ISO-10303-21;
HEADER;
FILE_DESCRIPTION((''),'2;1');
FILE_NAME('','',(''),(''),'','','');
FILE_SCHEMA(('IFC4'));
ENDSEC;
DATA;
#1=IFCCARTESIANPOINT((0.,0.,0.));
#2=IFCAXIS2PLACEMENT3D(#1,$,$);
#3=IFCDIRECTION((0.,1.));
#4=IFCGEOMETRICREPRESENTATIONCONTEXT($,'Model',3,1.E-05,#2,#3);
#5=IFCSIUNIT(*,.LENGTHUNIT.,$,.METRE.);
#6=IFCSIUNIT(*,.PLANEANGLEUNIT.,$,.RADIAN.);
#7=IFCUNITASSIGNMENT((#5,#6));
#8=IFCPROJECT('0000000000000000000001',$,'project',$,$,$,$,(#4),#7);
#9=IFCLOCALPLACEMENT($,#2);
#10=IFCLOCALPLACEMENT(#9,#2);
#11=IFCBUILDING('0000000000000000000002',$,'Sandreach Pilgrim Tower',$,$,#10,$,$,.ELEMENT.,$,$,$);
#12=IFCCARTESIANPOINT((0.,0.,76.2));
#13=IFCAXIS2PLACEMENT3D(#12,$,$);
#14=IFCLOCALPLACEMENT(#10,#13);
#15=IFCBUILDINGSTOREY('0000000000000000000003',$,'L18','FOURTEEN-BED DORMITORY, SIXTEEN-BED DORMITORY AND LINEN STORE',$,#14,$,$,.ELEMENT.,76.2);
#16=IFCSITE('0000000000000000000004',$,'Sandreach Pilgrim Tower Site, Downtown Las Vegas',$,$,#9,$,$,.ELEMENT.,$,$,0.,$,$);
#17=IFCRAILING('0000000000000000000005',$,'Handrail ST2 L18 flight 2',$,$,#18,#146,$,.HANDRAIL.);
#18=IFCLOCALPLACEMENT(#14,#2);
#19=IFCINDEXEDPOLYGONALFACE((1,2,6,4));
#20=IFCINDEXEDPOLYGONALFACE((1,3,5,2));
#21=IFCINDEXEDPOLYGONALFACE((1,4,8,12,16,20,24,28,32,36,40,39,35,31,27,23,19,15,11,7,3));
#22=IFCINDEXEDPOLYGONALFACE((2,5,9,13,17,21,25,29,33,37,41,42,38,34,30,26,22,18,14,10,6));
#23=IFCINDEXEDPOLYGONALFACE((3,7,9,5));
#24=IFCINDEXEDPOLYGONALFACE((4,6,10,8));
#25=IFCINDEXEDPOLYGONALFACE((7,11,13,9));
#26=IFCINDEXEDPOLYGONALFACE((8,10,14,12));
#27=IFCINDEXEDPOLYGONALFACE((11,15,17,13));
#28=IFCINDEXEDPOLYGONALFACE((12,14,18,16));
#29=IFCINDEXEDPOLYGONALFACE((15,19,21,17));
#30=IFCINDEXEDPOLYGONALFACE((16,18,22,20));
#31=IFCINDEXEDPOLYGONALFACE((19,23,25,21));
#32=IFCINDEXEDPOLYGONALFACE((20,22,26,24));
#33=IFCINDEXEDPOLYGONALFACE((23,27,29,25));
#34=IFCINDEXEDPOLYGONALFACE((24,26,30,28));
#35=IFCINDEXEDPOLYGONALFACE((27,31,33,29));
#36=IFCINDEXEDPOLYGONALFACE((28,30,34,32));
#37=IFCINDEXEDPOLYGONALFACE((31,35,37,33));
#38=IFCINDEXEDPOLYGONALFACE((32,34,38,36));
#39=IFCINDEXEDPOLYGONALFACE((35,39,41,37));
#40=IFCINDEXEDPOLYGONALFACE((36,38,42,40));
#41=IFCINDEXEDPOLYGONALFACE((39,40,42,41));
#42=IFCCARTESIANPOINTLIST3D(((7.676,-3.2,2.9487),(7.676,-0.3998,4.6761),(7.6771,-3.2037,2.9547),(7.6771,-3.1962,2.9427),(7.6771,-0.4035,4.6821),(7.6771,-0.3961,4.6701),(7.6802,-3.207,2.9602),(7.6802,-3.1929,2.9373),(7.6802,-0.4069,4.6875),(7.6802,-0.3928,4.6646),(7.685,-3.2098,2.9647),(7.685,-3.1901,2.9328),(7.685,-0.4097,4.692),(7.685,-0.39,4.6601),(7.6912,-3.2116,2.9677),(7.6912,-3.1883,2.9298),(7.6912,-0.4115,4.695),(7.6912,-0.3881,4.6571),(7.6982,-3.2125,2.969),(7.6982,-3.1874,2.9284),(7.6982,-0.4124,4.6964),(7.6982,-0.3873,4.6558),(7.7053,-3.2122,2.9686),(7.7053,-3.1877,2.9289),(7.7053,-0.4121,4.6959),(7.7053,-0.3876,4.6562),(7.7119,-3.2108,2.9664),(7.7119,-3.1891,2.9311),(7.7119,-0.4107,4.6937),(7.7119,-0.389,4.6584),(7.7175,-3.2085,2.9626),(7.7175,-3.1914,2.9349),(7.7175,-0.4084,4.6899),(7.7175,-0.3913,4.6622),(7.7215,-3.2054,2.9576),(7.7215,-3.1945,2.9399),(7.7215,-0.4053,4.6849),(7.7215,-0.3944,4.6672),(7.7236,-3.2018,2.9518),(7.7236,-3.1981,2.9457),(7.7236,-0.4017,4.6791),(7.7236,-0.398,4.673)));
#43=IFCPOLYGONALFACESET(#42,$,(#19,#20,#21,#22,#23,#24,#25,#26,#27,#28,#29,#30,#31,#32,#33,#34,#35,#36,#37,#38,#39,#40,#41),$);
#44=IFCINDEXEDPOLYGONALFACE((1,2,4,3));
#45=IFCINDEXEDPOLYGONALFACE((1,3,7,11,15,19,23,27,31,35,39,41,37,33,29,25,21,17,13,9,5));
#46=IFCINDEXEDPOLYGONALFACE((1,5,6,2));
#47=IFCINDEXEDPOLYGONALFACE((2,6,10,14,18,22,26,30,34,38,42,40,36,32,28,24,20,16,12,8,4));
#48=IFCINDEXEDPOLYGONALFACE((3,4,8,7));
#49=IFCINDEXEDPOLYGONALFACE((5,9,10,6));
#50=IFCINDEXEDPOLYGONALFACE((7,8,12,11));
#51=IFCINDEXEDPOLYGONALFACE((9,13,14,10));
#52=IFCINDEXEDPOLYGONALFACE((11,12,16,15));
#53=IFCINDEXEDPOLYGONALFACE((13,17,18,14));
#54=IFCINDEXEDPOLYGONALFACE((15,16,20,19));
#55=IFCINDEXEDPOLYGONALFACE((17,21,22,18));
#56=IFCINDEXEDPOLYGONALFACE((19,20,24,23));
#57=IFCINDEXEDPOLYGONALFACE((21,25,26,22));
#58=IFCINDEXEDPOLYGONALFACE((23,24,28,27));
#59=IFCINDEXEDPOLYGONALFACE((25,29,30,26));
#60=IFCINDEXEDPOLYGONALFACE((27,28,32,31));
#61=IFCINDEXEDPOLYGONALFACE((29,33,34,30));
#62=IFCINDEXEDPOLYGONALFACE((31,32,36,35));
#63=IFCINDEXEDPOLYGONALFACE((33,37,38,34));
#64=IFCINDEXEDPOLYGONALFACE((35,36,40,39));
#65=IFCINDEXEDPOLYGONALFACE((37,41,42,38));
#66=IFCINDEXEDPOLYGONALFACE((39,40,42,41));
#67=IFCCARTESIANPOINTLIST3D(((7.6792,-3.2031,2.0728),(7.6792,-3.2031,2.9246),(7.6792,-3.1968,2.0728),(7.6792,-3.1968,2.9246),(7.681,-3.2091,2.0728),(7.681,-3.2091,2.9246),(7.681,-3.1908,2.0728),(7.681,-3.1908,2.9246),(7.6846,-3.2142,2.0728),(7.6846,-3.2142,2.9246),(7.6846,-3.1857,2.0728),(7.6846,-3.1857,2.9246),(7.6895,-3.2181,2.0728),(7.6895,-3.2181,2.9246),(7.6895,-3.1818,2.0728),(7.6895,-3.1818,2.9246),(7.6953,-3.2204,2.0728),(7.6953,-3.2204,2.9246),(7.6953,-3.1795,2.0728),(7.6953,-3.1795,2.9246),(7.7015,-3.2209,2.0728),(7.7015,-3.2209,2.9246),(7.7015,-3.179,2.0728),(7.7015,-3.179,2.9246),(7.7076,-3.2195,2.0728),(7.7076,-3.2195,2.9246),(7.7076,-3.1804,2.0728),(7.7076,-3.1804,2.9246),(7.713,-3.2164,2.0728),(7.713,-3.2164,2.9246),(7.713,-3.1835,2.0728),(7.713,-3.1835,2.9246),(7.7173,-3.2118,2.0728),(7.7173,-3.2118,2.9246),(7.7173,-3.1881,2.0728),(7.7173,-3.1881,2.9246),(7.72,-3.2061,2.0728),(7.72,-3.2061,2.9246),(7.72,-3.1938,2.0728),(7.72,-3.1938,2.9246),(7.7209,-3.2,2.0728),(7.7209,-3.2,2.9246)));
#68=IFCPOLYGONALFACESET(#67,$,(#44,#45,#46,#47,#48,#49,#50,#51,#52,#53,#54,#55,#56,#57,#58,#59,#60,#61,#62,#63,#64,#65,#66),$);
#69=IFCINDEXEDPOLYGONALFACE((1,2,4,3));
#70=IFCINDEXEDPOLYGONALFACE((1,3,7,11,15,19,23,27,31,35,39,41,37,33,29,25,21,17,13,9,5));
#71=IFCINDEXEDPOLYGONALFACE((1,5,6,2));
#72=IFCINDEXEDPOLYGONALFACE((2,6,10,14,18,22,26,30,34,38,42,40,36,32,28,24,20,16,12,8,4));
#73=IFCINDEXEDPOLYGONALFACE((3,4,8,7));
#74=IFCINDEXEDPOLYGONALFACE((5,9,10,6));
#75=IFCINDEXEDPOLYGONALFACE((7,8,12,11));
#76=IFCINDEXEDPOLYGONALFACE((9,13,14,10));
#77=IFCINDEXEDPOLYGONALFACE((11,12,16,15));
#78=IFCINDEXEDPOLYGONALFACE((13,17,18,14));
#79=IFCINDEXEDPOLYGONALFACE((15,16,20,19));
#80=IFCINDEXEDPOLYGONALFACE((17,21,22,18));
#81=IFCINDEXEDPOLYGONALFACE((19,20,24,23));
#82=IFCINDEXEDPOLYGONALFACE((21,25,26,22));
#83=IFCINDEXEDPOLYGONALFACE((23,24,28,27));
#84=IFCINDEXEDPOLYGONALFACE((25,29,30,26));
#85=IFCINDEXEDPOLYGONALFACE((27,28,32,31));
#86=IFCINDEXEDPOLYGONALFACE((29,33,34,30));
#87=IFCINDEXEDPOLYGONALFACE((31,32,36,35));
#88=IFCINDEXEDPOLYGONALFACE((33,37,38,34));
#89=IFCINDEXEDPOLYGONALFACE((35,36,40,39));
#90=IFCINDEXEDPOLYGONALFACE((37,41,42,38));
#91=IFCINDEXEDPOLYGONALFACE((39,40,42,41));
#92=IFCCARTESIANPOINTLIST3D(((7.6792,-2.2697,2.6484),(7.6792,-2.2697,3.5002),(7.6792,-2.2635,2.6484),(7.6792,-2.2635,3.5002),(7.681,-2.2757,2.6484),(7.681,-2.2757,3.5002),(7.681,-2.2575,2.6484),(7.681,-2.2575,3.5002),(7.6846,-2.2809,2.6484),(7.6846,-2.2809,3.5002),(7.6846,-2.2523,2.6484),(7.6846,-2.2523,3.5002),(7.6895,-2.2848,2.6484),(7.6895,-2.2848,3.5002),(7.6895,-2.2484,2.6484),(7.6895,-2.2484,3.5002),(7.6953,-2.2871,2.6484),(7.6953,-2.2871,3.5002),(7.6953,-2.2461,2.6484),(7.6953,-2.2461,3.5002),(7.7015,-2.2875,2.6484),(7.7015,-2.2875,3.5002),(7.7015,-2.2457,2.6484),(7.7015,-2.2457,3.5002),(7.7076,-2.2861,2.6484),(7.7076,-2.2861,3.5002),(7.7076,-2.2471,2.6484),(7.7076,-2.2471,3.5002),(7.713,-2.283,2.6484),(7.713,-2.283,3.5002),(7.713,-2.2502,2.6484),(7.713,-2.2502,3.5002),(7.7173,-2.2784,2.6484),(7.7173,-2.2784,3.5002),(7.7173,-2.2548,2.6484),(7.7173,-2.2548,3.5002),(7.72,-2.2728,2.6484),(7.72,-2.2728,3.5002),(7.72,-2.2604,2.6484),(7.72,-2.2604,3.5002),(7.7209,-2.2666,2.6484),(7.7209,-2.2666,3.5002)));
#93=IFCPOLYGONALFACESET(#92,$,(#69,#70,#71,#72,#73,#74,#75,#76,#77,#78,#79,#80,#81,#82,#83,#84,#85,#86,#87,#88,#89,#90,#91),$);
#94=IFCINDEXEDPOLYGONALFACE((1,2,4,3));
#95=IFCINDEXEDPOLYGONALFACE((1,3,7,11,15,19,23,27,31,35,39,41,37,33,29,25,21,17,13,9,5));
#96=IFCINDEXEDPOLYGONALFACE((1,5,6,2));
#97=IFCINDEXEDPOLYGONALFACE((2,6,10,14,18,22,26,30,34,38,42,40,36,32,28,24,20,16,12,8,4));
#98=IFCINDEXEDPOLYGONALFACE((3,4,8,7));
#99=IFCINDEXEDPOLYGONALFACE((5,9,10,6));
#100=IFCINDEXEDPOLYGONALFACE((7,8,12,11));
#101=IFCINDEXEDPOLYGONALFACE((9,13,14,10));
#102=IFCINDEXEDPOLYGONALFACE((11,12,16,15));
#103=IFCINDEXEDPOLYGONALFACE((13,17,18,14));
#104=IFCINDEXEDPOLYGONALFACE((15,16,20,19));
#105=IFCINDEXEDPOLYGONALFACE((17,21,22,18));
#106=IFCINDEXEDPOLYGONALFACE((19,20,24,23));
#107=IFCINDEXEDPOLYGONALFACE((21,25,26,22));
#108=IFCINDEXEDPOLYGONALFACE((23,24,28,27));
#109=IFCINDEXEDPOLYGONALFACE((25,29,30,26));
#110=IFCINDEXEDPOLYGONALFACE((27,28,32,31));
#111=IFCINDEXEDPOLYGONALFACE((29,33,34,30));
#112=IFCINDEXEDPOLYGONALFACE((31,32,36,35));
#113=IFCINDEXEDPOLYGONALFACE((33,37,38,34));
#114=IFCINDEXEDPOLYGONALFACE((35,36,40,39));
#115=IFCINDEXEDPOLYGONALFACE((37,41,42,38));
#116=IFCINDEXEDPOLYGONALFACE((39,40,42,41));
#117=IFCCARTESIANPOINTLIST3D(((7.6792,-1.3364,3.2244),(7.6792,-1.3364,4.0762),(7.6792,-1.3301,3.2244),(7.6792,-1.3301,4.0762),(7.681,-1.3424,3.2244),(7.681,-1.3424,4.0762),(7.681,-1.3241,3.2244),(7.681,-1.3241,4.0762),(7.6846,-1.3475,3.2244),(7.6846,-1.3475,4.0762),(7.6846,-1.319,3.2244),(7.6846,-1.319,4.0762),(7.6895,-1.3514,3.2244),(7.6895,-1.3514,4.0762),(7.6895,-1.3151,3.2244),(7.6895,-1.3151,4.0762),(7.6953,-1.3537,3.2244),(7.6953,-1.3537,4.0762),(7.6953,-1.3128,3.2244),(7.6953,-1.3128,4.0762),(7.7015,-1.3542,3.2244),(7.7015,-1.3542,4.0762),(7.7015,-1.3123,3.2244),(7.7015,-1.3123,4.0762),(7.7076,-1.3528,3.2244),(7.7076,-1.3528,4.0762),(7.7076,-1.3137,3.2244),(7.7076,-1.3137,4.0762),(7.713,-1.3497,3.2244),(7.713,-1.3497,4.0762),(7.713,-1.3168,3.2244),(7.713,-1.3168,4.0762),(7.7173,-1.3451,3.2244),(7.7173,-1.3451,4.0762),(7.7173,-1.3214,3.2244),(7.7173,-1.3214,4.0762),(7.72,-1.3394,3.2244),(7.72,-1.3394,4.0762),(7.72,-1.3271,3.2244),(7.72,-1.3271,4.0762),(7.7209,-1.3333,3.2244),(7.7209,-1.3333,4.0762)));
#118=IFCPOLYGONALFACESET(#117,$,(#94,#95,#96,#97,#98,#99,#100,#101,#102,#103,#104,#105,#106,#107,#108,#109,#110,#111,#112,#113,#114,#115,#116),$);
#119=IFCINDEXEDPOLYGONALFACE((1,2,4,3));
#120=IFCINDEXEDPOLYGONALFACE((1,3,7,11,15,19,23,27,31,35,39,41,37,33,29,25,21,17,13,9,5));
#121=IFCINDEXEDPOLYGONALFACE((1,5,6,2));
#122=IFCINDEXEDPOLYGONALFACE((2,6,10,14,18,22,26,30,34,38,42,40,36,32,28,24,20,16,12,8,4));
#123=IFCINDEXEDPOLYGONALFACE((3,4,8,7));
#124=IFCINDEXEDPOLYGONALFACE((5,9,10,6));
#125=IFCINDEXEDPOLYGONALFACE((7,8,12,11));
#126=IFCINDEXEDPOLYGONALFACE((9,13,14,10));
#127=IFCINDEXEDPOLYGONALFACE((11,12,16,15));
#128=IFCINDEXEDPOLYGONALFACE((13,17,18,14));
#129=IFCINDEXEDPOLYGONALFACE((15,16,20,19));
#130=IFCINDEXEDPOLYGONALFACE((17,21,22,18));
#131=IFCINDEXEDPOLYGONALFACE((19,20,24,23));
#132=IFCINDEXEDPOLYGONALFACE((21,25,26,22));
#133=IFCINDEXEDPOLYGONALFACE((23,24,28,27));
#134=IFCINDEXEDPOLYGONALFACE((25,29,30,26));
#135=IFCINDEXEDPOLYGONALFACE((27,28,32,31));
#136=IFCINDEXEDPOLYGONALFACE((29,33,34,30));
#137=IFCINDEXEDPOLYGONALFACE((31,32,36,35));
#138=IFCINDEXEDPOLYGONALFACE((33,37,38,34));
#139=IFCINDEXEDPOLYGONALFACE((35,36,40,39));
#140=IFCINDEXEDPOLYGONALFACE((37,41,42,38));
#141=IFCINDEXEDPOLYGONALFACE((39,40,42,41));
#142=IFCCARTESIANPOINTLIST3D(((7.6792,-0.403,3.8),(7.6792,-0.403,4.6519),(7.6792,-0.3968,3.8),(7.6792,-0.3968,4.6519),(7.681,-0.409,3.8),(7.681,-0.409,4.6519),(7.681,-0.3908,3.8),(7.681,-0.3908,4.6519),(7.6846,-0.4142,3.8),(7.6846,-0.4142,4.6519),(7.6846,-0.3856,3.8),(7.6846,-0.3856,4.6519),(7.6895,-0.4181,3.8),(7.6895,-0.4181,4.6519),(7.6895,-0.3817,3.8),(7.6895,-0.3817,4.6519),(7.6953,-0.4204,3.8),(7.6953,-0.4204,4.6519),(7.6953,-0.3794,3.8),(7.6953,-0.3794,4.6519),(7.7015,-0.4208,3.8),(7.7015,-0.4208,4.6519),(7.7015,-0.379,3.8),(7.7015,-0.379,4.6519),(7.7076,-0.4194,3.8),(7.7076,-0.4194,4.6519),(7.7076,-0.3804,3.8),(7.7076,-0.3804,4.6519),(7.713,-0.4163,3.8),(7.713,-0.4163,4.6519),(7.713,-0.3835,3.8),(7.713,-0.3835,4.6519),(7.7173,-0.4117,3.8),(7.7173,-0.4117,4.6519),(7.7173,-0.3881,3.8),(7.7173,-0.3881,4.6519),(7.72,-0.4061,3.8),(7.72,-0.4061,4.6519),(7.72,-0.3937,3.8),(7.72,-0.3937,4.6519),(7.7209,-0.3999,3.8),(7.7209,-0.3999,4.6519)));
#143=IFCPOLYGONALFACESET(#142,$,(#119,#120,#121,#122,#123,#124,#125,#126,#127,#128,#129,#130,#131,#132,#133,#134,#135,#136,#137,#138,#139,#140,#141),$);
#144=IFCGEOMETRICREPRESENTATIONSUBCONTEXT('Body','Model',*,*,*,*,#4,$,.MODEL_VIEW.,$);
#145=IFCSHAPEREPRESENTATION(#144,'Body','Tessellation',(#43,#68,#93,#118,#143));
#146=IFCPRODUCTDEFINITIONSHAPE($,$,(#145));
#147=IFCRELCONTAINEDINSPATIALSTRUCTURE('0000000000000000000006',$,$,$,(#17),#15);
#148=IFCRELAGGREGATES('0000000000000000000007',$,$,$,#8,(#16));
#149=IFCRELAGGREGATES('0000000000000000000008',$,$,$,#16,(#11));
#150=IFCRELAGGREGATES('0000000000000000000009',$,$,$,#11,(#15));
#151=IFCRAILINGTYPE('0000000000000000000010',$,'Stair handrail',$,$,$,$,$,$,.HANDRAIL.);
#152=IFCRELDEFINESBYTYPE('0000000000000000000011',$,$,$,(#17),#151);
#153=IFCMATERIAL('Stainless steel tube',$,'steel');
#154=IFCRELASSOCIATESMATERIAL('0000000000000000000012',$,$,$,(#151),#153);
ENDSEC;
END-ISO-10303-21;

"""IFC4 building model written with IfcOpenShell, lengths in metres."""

from ifc_helpers import new_model, si_unit, direction, frame, origin, origin_2d, place, context, subcontext, project, spatial, circle, extrude, material, type_object, element, save


model = new_model("IFC4")

# Units and contexts
model_context = context("Model", 3, precision=1e-05, world=origin(), true_north=direction((0.0, 1.0)))
body_context = subcontext(model_context, "Body", "Model", "MODEL_VIEW")
ifc_project = project(units=[si_unit("LENGTHUNIT", "METRE"), si_unit("PLANEANGLEUNIT", "RADIAN")], contexts=[model_context])

# Site, building, storey
site_placement = place(None, origin())
site = spatial("IfcSite", under=ifc_project, at=site_placement, Name="Sandreach Pilgrim Tower Site, Downtown Las Vegas", CompositionType="ELEMENT", RefElevation=0.0)
building_placement = place(site_placement, origin())
building = spatial("IfcBuilding", under=site, at=building_placement, Name="Sandreach Pilgrim Tower", CompositionType="ELEMENT")
storey_placement = place(building_placement, frame((0.0, 0.0, 76.2)))
storey = spatial("IfcBuildingStorey", under=building, at=storey_placement, Name="L18", Description="FOURTEEN-BED DORMITORY, SIXTEEN-BED DORMITORY AND LINEN STORE", CompositionType="ELEMENT", Elevation=76.2)

# Railing
ifc_material_1 = material(Name="Stainless steel tube", Category="steel")
railing_type = type_object("IfcRailingType", Name="Stair handrail", PredefinedType="HANDRAIL", material=ifc_material_1)
for number, where, name in (
    (1, (7.7, -3.2, 2.0728), "Handrail ST2 L18 flight 2"),
):
    element("IfcRailing", number, at=place(storey_placement, frame(where)), inside=storey, type_object=railing_type, Name=name, PredefinedType="HANDRAIL", context=body_context, shape_type="SweptSolid", body=[
        extrude(circle(Radius=0.0239, at=origin_2d()), frame((0.0, 0.0, 0.876), z_axis=(0.0, 0.85109, 0.52502), x_axis=(-1.0, 0.0, 0.0)), (0.0, 0.0, 1.0), 3.29),
        extrude(circle(Radius=0.021, at=origin_2d()), origin(), (0.0, 0.0, 1.0), 0.8518),
        extrude(circle(Radius=0.021, at=origin_2d()), frame((0.0, 0.9333, 0.5757)), (0.0, 0.0, 1.0), 0.8518),
        extrude(circle(Radius=0.021, at=origin_2d()), frame((0.0, 1.8667, 1.1516)), (0.0, 0.0, 1.0), 0.8518),
        extrude(circle(Radius=0.021, at=origin_2d()), frame((0.0, 2.8, 1.7273)), (0.0, 0.0, 1.0), 0.8518),
    ])

save(model, "model.ifc")
